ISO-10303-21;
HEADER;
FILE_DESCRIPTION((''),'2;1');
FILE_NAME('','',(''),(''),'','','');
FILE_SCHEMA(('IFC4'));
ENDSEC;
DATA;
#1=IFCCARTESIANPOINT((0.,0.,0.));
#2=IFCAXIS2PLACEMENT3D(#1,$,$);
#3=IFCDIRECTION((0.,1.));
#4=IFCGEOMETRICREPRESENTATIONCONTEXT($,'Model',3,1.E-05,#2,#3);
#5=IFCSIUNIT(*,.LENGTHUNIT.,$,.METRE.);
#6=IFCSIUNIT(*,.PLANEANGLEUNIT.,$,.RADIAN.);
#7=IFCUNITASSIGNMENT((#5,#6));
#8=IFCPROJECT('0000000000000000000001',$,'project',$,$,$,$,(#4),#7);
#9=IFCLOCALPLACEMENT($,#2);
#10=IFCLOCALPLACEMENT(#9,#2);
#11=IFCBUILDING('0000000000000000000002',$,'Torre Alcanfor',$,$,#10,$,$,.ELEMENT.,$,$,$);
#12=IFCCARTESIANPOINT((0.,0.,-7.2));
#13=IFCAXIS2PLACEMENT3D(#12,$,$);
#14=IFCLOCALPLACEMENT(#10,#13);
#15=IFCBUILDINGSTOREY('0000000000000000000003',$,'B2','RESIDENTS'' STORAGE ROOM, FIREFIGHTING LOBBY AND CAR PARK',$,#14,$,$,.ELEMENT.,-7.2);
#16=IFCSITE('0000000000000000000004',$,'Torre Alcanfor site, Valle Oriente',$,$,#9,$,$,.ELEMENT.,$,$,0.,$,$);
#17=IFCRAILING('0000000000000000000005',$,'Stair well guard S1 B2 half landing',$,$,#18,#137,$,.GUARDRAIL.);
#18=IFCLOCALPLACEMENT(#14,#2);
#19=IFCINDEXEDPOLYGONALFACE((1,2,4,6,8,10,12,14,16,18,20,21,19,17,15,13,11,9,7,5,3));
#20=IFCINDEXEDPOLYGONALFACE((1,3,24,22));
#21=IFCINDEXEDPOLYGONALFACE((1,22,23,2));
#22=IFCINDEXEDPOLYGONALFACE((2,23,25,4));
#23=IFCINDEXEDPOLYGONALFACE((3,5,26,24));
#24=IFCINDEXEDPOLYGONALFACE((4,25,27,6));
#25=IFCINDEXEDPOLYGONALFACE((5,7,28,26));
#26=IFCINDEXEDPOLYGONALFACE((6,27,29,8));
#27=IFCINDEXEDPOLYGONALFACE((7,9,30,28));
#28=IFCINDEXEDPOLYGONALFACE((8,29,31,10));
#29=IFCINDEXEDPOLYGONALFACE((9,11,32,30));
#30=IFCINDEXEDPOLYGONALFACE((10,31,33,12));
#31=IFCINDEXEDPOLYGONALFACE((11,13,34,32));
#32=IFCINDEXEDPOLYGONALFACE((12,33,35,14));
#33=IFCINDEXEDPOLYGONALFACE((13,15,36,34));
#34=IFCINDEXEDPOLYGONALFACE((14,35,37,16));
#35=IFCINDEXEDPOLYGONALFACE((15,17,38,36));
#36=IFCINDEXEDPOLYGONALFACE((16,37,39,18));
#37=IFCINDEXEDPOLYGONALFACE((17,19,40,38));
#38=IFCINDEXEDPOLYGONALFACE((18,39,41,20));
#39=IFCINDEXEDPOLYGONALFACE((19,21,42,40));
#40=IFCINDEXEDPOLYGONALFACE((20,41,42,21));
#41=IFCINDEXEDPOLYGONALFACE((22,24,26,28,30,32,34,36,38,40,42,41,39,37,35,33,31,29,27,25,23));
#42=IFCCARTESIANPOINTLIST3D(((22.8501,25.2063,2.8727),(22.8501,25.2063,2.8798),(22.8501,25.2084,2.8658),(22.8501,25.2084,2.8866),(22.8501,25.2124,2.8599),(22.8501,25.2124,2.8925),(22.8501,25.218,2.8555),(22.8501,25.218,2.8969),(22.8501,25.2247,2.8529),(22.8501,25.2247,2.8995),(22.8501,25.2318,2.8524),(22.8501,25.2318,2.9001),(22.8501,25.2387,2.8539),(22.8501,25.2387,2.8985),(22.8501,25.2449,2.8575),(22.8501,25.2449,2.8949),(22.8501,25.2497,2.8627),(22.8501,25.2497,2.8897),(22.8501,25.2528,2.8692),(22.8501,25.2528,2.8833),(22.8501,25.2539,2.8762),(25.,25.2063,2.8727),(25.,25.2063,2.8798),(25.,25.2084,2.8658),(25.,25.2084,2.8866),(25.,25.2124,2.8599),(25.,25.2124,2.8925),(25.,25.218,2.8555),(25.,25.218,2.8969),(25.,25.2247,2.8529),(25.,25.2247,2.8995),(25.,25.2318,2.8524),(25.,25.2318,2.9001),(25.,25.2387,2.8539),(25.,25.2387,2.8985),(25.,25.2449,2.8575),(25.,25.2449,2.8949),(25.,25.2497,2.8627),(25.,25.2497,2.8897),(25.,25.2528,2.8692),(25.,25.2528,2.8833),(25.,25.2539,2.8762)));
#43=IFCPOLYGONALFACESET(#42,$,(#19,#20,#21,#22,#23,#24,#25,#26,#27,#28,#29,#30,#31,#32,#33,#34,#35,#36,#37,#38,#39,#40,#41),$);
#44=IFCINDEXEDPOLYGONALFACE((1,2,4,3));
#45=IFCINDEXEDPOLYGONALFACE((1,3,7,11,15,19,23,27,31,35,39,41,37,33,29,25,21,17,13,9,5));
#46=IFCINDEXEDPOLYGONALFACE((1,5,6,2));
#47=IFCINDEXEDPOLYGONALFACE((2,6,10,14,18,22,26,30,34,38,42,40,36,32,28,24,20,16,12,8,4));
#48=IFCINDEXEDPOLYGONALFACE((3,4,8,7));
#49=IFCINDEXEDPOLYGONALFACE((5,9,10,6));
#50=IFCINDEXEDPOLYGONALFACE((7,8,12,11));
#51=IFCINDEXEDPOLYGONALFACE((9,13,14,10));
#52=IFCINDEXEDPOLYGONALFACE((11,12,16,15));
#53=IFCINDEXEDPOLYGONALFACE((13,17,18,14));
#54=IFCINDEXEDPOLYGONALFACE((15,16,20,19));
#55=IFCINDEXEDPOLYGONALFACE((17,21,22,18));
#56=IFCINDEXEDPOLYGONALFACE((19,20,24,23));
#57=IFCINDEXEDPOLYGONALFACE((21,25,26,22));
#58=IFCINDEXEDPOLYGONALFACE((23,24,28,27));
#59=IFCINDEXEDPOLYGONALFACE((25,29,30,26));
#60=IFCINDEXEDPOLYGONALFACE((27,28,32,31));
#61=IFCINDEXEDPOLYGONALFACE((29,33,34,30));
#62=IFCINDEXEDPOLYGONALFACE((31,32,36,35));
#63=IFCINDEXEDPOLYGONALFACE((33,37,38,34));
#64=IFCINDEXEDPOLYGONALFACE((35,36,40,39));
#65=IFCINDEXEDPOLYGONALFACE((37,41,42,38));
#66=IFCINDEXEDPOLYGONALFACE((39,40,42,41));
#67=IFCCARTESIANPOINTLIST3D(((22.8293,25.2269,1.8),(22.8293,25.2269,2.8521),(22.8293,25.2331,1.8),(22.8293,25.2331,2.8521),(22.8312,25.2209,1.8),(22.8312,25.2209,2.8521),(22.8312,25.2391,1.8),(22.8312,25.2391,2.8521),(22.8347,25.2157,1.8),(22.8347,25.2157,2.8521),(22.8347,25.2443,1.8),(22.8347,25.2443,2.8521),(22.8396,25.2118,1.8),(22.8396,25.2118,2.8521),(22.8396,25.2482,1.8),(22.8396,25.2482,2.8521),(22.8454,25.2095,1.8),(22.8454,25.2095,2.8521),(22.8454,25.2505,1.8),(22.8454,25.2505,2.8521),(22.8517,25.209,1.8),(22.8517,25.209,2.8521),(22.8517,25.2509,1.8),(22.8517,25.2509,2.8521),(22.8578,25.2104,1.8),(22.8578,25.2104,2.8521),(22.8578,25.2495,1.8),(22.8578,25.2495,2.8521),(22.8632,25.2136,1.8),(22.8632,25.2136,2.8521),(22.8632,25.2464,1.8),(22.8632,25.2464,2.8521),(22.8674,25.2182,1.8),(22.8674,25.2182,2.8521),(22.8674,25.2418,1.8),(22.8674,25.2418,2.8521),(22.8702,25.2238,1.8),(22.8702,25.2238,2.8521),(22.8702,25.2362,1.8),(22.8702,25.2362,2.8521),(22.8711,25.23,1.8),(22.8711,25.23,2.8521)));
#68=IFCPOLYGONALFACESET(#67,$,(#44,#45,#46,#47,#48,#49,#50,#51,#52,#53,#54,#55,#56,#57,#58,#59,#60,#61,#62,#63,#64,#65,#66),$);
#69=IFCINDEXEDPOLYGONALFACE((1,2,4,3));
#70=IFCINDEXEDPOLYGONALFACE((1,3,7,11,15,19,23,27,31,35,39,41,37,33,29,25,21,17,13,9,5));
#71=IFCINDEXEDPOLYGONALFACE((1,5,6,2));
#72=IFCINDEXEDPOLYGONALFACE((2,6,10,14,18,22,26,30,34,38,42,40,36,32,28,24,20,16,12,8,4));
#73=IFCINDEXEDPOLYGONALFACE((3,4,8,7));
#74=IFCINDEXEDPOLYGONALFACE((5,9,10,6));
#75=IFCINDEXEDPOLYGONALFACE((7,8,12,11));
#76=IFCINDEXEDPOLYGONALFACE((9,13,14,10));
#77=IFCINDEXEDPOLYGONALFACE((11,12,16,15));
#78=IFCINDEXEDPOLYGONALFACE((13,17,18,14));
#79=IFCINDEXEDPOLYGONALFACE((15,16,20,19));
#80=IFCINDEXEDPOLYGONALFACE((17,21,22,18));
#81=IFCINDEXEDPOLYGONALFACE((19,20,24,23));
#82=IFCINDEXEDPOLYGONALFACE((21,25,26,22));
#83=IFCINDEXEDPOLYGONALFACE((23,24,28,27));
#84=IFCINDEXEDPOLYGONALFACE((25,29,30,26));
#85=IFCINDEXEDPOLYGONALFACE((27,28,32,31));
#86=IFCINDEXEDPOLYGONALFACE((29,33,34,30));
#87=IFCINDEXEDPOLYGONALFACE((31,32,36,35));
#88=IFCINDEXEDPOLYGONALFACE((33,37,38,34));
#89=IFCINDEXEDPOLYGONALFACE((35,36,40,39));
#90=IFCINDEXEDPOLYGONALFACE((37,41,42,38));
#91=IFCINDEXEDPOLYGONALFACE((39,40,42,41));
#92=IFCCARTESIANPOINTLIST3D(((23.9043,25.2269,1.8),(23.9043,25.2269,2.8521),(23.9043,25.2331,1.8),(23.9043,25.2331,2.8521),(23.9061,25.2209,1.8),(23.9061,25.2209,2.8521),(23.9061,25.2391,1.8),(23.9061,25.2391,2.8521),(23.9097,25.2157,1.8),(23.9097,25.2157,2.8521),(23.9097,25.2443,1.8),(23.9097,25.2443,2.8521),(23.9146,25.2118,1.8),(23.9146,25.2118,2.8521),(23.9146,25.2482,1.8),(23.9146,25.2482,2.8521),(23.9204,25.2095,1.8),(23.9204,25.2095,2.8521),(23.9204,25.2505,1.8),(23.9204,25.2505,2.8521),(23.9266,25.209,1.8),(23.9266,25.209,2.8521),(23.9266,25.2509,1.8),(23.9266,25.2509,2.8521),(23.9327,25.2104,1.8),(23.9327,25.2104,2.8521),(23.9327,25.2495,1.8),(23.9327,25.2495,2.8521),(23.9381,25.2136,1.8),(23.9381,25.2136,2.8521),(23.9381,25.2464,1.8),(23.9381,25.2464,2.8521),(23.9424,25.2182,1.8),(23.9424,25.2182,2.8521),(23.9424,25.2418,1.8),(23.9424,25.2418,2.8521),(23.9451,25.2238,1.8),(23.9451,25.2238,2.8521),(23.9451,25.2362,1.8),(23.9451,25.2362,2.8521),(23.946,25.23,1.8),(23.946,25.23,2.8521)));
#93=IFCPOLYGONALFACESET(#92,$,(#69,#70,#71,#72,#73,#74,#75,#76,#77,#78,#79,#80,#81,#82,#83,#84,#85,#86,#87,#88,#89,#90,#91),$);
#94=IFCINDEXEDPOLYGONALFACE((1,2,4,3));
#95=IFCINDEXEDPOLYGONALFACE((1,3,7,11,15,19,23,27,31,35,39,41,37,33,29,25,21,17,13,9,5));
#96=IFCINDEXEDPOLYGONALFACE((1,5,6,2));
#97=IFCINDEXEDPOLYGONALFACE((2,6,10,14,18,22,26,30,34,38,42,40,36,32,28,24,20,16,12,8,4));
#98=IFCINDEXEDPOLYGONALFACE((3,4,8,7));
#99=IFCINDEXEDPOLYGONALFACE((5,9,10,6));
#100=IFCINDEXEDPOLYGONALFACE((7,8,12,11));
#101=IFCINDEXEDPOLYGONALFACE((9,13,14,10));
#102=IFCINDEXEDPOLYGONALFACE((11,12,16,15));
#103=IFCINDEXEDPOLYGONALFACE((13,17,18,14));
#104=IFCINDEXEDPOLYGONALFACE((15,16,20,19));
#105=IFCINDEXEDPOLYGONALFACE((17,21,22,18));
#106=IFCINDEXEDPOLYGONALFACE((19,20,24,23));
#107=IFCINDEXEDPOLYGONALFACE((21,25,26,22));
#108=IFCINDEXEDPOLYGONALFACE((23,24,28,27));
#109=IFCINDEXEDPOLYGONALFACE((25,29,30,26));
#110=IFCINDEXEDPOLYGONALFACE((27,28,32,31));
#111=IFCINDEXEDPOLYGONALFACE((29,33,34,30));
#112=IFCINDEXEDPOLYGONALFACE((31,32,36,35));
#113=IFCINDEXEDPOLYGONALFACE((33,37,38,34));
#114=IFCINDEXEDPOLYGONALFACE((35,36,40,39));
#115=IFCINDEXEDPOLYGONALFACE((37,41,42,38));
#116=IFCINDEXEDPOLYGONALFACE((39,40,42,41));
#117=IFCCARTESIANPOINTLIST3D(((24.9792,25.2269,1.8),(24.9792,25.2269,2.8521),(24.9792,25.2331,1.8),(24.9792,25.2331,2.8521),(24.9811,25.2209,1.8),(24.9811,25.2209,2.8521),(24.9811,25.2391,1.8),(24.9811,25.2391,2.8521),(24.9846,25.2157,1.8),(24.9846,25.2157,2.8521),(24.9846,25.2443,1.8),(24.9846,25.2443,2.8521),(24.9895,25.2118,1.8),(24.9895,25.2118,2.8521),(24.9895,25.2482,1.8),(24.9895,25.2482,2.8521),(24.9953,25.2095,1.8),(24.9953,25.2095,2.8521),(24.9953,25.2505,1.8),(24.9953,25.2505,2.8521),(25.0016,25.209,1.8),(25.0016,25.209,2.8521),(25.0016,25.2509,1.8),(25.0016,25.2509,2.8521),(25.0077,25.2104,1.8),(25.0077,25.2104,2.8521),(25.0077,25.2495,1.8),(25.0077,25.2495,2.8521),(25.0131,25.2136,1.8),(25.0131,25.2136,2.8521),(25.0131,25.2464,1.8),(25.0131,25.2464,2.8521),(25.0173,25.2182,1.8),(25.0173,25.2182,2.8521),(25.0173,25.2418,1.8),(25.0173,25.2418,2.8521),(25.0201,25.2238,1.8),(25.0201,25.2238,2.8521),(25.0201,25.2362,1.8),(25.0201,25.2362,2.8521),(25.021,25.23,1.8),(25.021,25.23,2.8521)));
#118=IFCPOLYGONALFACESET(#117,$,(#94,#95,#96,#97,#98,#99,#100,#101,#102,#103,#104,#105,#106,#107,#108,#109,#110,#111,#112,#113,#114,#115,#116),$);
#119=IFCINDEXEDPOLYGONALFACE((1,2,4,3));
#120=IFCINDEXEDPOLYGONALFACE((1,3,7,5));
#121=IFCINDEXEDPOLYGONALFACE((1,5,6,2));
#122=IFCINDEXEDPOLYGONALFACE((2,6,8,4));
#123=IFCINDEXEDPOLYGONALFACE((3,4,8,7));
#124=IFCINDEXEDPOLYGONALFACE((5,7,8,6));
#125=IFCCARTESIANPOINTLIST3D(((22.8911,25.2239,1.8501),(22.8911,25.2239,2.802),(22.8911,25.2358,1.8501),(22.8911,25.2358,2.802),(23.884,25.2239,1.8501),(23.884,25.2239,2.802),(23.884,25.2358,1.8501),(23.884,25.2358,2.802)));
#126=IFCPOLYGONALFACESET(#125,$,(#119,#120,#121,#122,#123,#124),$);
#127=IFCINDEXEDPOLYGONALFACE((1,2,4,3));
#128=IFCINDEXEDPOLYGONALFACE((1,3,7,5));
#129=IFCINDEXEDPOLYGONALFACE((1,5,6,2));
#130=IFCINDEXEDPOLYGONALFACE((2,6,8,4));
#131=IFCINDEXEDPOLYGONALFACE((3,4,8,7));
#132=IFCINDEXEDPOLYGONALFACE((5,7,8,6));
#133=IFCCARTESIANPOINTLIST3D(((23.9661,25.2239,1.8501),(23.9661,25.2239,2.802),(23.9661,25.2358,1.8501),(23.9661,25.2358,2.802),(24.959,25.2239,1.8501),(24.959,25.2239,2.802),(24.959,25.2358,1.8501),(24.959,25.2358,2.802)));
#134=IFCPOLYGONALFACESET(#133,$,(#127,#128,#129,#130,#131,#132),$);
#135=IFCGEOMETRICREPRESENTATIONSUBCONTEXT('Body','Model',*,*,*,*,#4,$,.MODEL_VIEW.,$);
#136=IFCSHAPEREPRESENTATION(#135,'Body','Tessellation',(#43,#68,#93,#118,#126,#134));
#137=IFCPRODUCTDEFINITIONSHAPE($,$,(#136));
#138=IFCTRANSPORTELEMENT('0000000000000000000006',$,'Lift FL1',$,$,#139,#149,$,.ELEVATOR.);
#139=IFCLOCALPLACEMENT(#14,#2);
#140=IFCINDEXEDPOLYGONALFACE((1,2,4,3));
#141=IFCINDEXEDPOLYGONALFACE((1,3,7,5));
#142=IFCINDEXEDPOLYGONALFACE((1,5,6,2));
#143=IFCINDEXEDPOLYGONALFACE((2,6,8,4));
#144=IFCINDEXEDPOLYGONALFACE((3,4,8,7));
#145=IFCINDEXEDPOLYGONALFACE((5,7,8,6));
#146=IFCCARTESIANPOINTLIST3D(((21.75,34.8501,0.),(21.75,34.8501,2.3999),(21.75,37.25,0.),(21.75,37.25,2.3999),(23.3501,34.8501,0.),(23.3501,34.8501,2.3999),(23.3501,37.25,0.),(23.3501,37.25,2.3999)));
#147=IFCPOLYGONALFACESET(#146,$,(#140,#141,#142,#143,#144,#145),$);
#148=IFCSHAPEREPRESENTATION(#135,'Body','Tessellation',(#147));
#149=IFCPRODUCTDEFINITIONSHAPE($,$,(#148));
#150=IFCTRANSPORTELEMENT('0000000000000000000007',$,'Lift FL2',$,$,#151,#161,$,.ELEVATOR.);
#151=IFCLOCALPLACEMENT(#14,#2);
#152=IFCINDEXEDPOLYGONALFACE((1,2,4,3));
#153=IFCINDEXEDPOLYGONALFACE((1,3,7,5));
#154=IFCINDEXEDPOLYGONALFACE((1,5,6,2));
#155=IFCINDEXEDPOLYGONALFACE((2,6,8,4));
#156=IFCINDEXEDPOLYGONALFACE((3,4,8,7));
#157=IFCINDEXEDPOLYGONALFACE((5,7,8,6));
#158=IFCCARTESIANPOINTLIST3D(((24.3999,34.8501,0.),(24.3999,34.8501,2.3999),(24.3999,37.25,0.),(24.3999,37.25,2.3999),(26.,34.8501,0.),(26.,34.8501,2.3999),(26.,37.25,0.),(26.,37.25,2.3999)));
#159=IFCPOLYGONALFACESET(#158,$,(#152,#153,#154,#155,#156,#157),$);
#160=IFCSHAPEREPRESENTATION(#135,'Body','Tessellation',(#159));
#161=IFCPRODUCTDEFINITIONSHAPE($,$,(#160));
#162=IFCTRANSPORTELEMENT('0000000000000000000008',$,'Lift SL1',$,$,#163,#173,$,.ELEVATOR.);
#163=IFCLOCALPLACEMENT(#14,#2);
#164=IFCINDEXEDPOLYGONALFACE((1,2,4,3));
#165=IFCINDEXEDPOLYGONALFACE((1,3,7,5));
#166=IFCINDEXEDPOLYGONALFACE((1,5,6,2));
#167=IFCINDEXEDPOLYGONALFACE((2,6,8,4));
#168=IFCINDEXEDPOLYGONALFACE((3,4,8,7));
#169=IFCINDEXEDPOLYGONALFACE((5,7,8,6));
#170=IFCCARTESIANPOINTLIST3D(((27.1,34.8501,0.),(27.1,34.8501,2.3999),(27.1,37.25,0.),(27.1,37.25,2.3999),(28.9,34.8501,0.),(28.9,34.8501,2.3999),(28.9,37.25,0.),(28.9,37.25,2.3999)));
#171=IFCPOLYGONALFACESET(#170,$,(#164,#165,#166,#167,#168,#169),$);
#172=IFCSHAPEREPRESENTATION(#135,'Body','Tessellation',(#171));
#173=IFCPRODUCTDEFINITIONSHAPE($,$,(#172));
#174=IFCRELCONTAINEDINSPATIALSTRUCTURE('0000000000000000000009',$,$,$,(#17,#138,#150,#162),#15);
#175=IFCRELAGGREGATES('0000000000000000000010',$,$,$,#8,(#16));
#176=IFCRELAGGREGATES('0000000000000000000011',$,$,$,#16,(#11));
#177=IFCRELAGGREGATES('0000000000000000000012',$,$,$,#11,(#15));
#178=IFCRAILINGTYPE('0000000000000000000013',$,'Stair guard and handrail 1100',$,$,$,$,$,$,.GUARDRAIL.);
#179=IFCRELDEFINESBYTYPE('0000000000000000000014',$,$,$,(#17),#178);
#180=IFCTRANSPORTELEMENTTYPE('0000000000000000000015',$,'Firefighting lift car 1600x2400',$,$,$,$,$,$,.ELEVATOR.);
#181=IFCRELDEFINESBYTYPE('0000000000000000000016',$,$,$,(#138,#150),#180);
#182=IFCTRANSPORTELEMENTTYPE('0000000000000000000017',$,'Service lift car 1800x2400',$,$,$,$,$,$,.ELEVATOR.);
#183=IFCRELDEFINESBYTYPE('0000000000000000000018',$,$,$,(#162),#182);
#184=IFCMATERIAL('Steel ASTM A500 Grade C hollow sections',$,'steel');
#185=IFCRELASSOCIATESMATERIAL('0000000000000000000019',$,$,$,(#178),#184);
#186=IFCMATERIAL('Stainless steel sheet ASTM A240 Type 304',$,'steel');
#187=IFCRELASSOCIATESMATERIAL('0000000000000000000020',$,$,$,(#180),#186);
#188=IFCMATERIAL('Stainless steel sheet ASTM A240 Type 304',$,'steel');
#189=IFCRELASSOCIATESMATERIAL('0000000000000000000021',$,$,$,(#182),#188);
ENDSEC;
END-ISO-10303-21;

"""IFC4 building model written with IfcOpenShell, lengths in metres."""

from ifc_helpers import new_model, si_unit, direction, frame, origin, origin_2d, place, context, subcontext, project, spatial, polyline, rectangle, circle, outline, extrude, material, type_object, element, save


model = new_model("IFC4")

# Units and contexts
model_context = context("Model", 3, precision=1e-05, world=origin(), true_north=direction((0.0, 1.0)))
body_context = subcontext(model_context, "Body", "Model", "MODEL_VIEW")
ifc_project = project(units=[si_unit("LENGTHUNIT", "METRE"), si_unit("PLANEANGLEUNIT", "RADIAN")], contexts=[model_context])

# Site, building, storey
site_placement = place(None, origin())
site = spatial("IfcSite", under=ifc_project, at=site_placement, Name="Torre Alcanfor site, Valle Oriente", CompositionType="ELEMENT", RefElevation=0.0)
building_placement = place(site_placement, origin())
building = spatial("IfcBuilding", under=site, at=building_placement, Name="Torre Alcanfor", CompositionType="ELEMENT")
storey_placement = place(building_placement, frame((0.0, 0.0, -7.2)))
storey = spatial("IfcBuildingStorey", under=building, at=storey_placement, Name="B2", Description="RESIDENTS' STORAGE ROOM, FIREFIGHTING LOBBY AND CAR PARK", CompositionType="ELEMENT", Elevation=-7.2)

# Railing
ifc_material_1 = material(Name="Steel ASTM A500 Grade C hollow sections", Category="steel")
railing_type_1 = type_object("IfcRailingType", Name="Stair guard and handrail 1100", PredefinedType="GUARDRAIL", material=ifc_material_1)
for number, where, name in (
    (1, (22.8501, 25.23, 1.8), "Stair well guard S1 B2 half landing"),
):
    element("IfcRailing", number, at=place(storey_placement, frame(where)), inside=storey, type_object=railing_type_1, Name=name, PredefinedType="GUARDRAIL", context=body_context, shape_type="SweptSolid", body=[
        extrude(circle(Radius=0.0239, at=origin_2d()), frame((0.0, 0.0, 1.0762), z_axis=(1.0, 0.0, 0.0), x_axis=(0.0, 1.0, 0.0)), (0.0, 0.0, 1.0), 2.1499),
        extrude(circle(Radius=0.021, at=origin_2d()), origin(), (0.0, 0.0, 1.0), 1.052),
        extrude(circle(Radius=0.021, at=origin_2d()), frame((1.075, 0.0, 0.0)), (0.0, 0.0, 1.0), 1.052),
        extrude(circle(Radius=0.021, at=origin_2d()), frame((2.1499, 0.0, 0.0)), (0.0, 0.0, 1.0), 1.052),
        extrude(outline(polyline([(0.041, 0.05), (1.0339, 0.05), (1.0339, 1.002), (0.041, 1.002), (0.041, 0.05)])), frame((0.0, 0.0059, 0.0), z_axis=(0.0, -1.0, 0.0), x_axis=(1.0, 0.0, 0.0)), (0.0, 0.0, 1.0), 0.012),
        extrude(outline(polyline([(1.116, 0.05), (2.1089, 0.05), (2.1089, 1.002), (1.116, 1.002), (1.116, 0.05)])), frame((0.0, 0.0059, 0.0), z_axis=(0.0, -1.0, 0.0), x_axis=(1.0, 0.0, 0.0)), (0.0, 0.0, 1.0), 0.012),
    ])

# Transport elements
ifc_material_2 = material(Name="Stainless steel sheet ASTM A240 Type 304", Category="steel")
transport_element_type_1 = type_object("IfcTransportElementType", Name="Firefighting lift car 1600x2400", PredefinedType="ELEVATOR", material=ifc_material_2)
for number, where, z_axis, x_axis, name in (
    (2, (22.55, 36.05, 0.0), (0.0, 0.0, 1.0), (1.0, 0.0, 0.0), "Lift FL1"),
    (3, (25.2, 36.05, 0.0), (0.0, 0.0, 1.0), (1.0, 0.0, 0.0), "Lift FL2"),
):
    element("IfcTransportElement", number, at=place(storey_placement, frame(where, z_axis=z_axis, x_axis=x_axis)), inside=storey, type_object=transport_element_type_1, Name=name, PredefinedType="ELEVATOR", context=body_context, shape_type="SweptSolid", body=[
        extrude(rectangle(XDim=1.6001, YDim=2.3999, at=origin_2d()), origin(), (0.0, 0.0, 1.0), 2.3999),
    ])
ifc_material_3 = material(Name="Stainless steel sheet ASTM A240 Type 304", Category="steel")
transport_element_type_2 = type_object("IfcTransportElementType", Name="Service lift car 1800x2400", PredefinedType="ELEVATOR", material=ifc_material_3)
transport_element_placement = place(storey_placement, frame((28.0, 36.05, 0.0), z_axis=(0.0, 0.0, 1.0), x_axis=(1.0, 0.0, 0.0)))
element("IfcTransportElement", 4, at=transport_element_placement, inside=storey, type_object=transport_element_type_2, Name="Lift SL1", PredefinedType="ELEVATOR", context=body_context, shape_type="SweptSolid", body=[
    extrude(rectangle(XDim=1.8, YDim=2.3999, at=origin_2d()), origin(), (0.0, 0.0, 1.0), 2.3999),
])

save(model, "model.ifc")
